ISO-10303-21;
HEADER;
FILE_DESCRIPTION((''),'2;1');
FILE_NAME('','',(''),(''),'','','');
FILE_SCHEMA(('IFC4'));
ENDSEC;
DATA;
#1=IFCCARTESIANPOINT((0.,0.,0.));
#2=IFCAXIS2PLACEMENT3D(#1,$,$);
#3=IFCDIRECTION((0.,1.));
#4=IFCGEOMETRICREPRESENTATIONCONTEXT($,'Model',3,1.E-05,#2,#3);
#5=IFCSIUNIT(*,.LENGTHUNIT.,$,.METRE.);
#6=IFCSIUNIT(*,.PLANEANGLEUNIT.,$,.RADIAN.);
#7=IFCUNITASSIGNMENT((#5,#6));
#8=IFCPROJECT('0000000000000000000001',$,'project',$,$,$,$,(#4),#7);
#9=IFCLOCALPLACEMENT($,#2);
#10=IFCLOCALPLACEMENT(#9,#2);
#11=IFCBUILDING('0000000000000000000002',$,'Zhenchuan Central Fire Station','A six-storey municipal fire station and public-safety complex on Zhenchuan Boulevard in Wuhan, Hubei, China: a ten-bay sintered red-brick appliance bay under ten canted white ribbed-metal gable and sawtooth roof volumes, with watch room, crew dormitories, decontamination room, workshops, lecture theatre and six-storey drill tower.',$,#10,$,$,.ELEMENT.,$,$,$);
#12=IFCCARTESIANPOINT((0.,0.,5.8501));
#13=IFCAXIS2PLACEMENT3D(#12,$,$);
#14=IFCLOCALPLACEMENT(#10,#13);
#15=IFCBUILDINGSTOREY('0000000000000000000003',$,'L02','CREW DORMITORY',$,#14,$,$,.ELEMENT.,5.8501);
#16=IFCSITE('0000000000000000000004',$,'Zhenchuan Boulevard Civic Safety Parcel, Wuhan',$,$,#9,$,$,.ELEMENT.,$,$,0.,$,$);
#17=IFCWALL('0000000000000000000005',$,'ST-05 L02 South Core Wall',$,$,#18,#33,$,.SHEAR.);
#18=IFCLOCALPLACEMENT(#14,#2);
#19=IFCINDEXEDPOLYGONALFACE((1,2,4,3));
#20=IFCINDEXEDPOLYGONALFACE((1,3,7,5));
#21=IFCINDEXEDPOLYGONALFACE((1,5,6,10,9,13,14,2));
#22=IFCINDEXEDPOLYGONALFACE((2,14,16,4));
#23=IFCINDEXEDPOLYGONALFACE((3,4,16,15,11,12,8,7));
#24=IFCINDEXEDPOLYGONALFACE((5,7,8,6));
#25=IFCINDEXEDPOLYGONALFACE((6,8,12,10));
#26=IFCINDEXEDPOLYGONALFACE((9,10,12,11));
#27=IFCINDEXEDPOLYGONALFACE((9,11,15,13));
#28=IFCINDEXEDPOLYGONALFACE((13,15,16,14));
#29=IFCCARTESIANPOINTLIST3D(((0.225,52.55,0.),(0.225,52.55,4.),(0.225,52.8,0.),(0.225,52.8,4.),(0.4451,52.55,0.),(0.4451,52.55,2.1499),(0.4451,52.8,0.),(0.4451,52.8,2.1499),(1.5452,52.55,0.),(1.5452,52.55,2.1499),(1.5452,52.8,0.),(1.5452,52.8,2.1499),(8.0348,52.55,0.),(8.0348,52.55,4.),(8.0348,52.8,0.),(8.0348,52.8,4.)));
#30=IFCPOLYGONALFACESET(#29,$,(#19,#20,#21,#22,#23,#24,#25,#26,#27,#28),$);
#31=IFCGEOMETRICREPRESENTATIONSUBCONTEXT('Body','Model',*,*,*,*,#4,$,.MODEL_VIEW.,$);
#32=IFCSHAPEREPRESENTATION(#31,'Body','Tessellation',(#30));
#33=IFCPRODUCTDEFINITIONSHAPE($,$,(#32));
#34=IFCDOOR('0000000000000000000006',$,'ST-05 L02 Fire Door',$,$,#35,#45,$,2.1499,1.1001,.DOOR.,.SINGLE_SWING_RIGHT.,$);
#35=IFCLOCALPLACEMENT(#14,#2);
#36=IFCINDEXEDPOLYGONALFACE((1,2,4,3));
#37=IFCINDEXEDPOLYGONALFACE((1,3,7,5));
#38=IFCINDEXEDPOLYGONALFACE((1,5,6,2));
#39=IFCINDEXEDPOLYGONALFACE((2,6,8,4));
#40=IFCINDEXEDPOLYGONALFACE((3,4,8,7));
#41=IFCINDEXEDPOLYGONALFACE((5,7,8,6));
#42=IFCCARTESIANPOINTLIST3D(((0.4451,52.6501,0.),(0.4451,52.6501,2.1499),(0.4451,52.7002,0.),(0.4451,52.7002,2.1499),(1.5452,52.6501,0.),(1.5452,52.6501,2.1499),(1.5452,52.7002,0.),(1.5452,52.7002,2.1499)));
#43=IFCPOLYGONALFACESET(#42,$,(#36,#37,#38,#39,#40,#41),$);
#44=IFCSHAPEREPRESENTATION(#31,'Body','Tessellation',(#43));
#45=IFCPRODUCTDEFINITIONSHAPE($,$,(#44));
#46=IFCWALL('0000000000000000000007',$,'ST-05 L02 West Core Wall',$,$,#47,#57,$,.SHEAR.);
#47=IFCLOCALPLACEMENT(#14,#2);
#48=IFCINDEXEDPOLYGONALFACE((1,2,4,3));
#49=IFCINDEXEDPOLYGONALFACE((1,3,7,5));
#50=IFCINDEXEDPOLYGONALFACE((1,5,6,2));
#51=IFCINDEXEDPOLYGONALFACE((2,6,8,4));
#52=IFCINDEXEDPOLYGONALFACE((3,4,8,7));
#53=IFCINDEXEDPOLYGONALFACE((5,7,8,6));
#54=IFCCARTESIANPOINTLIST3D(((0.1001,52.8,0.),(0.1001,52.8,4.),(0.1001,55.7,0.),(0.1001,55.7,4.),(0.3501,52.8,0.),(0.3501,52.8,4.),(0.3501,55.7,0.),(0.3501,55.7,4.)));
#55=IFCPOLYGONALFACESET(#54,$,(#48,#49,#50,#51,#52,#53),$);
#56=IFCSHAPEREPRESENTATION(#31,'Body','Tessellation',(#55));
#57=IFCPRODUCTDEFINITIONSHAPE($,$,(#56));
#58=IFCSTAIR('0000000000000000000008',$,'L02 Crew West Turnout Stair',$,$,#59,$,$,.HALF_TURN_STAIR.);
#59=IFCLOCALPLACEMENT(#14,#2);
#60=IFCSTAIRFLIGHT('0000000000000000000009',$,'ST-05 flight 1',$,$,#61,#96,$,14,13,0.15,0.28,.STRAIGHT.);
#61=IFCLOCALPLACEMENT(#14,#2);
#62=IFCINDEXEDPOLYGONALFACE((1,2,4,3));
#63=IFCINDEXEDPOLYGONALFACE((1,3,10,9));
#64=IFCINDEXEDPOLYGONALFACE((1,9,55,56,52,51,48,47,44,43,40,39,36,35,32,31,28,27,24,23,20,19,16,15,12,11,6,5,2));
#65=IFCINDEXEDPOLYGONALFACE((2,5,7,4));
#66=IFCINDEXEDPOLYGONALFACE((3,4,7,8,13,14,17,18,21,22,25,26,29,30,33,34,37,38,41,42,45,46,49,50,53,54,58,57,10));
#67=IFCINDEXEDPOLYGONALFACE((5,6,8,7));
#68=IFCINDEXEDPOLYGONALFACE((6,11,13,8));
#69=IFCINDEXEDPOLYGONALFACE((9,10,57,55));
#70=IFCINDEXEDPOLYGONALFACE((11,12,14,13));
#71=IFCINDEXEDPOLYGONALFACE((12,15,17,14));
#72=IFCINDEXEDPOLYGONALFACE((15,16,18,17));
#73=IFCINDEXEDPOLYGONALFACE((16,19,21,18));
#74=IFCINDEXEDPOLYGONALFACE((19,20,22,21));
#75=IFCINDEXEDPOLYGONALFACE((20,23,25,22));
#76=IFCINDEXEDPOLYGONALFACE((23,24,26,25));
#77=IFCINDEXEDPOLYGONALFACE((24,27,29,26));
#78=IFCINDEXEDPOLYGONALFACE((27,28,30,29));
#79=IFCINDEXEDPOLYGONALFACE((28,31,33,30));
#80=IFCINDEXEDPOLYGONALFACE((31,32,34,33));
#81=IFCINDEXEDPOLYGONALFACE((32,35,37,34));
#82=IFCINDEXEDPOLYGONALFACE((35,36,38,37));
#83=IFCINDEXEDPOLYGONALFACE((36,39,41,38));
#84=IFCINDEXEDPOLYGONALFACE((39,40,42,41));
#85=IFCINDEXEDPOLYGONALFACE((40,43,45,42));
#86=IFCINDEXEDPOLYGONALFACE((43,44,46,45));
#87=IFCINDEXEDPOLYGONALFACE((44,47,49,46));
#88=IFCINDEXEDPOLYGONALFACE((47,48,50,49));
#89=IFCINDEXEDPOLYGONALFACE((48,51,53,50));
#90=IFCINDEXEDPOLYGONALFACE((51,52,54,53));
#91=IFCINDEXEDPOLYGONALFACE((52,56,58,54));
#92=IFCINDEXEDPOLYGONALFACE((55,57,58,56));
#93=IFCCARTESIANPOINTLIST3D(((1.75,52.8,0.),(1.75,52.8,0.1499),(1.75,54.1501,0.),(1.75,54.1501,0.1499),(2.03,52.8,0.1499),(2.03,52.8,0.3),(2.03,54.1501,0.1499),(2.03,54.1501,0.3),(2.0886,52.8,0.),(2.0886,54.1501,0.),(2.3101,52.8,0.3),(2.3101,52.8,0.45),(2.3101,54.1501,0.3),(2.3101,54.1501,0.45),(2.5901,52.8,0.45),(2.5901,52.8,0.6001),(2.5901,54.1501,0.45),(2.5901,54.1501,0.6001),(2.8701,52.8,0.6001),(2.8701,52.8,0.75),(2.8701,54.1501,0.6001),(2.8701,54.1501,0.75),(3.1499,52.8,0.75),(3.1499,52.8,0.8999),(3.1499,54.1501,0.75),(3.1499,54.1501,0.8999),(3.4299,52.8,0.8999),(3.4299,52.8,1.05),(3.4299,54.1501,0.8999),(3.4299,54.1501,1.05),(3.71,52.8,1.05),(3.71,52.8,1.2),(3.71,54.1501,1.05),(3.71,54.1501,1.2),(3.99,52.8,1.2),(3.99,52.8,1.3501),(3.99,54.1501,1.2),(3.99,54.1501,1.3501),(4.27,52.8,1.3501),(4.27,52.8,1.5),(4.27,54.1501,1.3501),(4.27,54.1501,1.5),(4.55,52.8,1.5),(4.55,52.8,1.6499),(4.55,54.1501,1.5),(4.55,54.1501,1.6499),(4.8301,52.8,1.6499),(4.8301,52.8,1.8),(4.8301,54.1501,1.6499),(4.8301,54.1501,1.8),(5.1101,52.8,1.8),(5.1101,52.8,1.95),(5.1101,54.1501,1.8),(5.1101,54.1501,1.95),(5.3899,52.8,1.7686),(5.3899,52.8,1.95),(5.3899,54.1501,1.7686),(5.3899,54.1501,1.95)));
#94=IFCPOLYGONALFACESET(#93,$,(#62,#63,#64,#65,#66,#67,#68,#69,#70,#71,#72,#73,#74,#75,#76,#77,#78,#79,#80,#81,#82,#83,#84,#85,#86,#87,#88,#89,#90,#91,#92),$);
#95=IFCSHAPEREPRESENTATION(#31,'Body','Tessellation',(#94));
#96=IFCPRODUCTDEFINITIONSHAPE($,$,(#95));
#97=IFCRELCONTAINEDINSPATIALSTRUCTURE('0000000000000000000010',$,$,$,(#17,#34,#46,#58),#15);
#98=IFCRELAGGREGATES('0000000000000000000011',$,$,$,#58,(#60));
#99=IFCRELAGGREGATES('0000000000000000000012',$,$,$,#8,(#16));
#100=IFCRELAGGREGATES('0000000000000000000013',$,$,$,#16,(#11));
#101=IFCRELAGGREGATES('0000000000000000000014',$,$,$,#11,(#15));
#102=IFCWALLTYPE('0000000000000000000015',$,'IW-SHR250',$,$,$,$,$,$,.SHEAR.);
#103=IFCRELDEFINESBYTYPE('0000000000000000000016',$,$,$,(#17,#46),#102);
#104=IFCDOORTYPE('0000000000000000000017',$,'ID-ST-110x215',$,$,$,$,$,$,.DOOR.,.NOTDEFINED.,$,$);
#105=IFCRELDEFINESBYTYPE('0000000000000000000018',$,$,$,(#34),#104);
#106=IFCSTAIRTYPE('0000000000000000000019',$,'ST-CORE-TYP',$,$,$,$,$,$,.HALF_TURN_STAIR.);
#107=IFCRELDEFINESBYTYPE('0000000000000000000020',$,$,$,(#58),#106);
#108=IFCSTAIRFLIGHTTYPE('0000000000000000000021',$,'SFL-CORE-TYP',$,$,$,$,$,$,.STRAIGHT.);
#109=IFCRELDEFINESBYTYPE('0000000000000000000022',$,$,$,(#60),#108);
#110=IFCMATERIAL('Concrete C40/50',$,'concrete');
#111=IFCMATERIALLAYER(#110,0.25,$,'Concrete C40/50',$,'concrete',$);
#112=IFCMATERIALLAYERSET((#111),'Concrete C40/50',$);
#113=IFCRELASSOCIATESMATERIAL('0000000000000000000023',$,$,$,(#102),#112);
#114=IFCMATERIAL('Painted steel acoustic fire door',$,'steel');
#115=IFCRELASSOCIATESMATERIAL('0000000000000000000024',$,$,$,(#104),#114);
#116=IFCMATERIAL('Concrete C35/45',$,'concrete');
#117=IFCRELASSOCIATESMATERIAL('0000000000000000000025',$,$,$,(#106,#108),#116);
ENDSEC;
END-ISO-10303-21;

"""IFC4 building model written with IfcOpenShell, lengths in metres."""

from ifc_helpers import new_model, si_unit, direction, frame, frame_2d, origin, place, context, subcontext, project, spatial, polyline, rectangle, outline, extrude, material, layer, layer_set, type_object, element, fill, aggregate, save


model = new_model("IFC4")

# Units and contexts
model_context = context("Model", 3, precision=1e-05, world=origin(), true_north=direction((0.0, 1.0)))
body_context = subcontext(model_context, "Body", "Model", "MODEL_VIEW")
ifc_project = project(units=[si_unit("LENGTHUNIT", "METRE"), si_unit("PLANEANGLEUNIT", "RADIAN")], contexts=[model_context])

# Site, building, storey
site_placement = place(None, origin())
site = spatial("IfcSite", under=ifc_project, at=site_placement, Name="Zhenchuan Boulevard Civic Safety Parcel, Wuhan", CompositionType="ELEMENT", RefElevation=0.0)
building_placement = place(site_placement, origin())
building = spatial("IfcBuilding", under=site, at=building_placement, Name="Zhenchuan Central Fire Station", Description="A six-storey municipal fire station and public-safety complex on Zhenchuan Boulevard in Wuhan, Hubei, China: a ten-bay sintered red-brick appliance bay under ten canted white ribbed-metal gable and sawtooth roof volumes, with watch room, crew dormitories, decontamination room, workshops, lecture theatre and six-storey drill tower.", CompositionType="ELEMENT")
storey_placement = place(building_placement, frame((0.0, 0.0, 5.8501)))
storey = spatial("IfcBuildingStorey", under=building, at=storey_placement, Name="L02", Description="CREW DORMITORY", CompositionType="ELEMENT", Elevation=5.8501)

# Wall, opening, door
ifc_material_1 = material(Name="Concrete C40/50", Category="concrete")
ifc_layer_1 = layer(ifc_material_1, 0.25, Name="Concrete C40/50", Category="concrete")
ifc_layer_set_1 = layer_set([ifc_layer_1], Name="Concrete C40/50")
wall_type_1 = type_object("IfcWallType", Name="IW-SHR250", PredefinedType="SHEAR", material=ifc_layer_set_1)
wall_1_placement = place(storey_placement, frame((0.2251, 52.675, 0.0), z_axis=(0.0, 0.0, 1.0), x_axis=(1.0, 0.0, 0.0)))
wall_1 = element("IfcWall", 1, at=wall_1_placement, inside=storey, type_object=wall_type_1, Name="ST-05 L02 South Core Wall", PredefinedType="SHEAR", context=body_context, shape_type="SweptSolid", body=[
    extrude(rectangle(XDim=7.8098, YDim=0.25, at=frame_2d((3.9048, 0.0))), origin(), (0.0, 0.0, 1.0), 4.0),
])
opening_1_placement = place(wall_1_placement, frame((0.22, 0.0, 0.0)))
opening_1 = element("IfcOpeningElement", 2, at=opening_1_placement, cuts=wall_1, PredefinedType="OPENING", context=body_context, shape_type="SweptSolid", body=[
    extrude(rectangle(XDim=1.1001, YDim=2.1499, at=frame_2d((0.55, 1.075))), frame((0.0, 0.135, 0.0), z_axis=(0.0, -1.0, 0.0), x_axis=(1.0, 0.0, 0.0)), (0.0, 0.0, 1.0), 0.27),
])
ifc_material_2 = material(Name="Painted steel acoustic fire door", Category="steel")
door_type_1 = type_object("IfcDoorType", Name="ID-ST-110x215", OperationType="NOTDEFINED", PredefinedType="DOOR", material=ifc_material_2)
door_1_placement = place(opening_1_placement, frame((1.1001, 0.0, 0.0), z_axis=(0.0, 0.0, 1.0), x_axis=(-1.0, 0.0, 0.0)))
door_1 = element("IfcDoor", 3, at=door_1_placement, inside=storey, type_object=door_type_1, Name="ST-05 L02 Fire Door", OperationType="SINGLE_SWING_RIGHT", OverallHeight=2.1499, OverallWidth=1.1001, PredefinedType="DOOR", context=body_context, shape_type="SweptSolid", body=[
    extrude(rectangle(XDim=1.1001, YDim=2.1499, at=frame_2d((0.55, 1.075))), frame((0.0, 0.0249, 0.0), z_axis=(0.0, -1.0, 0.0), x_axis=(1.0, 0.0, 0.0)), (0.0, 0.0, 1.0), 0.05),
])
fill(opening_1, door_1)

# Wall
wall_2_placement = place(storey_placement, frame((0.2251, 52.8, 0.0), z_axis=(0.0, 0.0, 1.0), x_axis=(0.0, 1.0, 0.0)))
element("IfcWall", 4, at=wall_2_placement, inside=storey, type_object=wall_type_1, Name="ST-05 L02 West Core Wall", PredefinedType="SHEAR", context=body_context, shape_type="SweptSolid", body=[
    extrude(rectangle(XDim=2.8999, YDim=0.25, at=frame_2d((1.45, 0.0))), origin(), (0.0, 0.0, 1.0), 4.0),
])

# Stair, stair flight
ifc_material_3 = material(Name="Concrete C35/45", Category="concrete")
stair_type = type_object("IfcStairType", Name="ST-CORE-TYP", PredefinedType="HALF_TURN_STAIR", material=ifc_material_3)
stair_placement = place(storey_placement, origin())
stair = element("IfcStair", 5, at=stair_placement, inside=storey, type_object=stair_type, Name="L02 Crew West Turnout Stair", PredefinedType="HALF_TURN_STAIR")
stair_flight_type = type_object("IfcStairFlightType", Name="SFL-CORE-TYP", PredefinedType="STRAIGHT", material=ifc_material_3)
stair_flight_placement = place(storey_placement, frame((1.75, 53.4751, 0.0), z_axis=(0.0, 0.0, 1.0), x_axis=(1.0, 0.0, 0.0)))
stair_flight = element("IfcStairFlight", 6, at=stair_flight_placement, type_object=stair_flight_type, Name="ST-05 flight 1", NumberOfRisers=14, NumberOfTreads=13, PredefinedType="STRAIGHT", RiserHeight=0.15, TreadLength=0.28, context=body_context, shape_type="SweptSolid", body=[
    extrude(outline(polyline([(0.0, 0.0), (0.0, 0.1499), (0.28, 0.1499), (0.28, 0.3), (0.5601, 0.3), (0.5601, 0.45), (0.8401, 0.45), (0.8401, 0.6001), (1.1201, 0.6001), (1.1201, 0.75), (1.3999, 0.75), (1.3999, 0.8999), (1.6799, 0.8999), (1.6799, 1.05), (1.96, 1.05), (1.96, 1.2), (2.24, 1.2), (2.24, 1.3501), (2.52, 1.3501), (2.52, 1.5), (2.8, 1.5), (2.8, 1.6499), (3.0801, 1.6499), (3.0801, 1.8), (3.3601, 1.8), (3.3601, 1.95), (3.6399, 1.95), (3.6399, 2.1001), (3.6399, 1.7686), (0.3386, 0.0), (0.0, 0.0)])), frame((0.0, 0.675, 0.0), z_axis=(0.0, -1.0, 0.0), x_axis=(1.0, 0.0, 0.0)), (0.0, 0.0, 1.0), 1.3501),
])
aggregate(stair, [stair_flight])

save(model, "model.ifc")
